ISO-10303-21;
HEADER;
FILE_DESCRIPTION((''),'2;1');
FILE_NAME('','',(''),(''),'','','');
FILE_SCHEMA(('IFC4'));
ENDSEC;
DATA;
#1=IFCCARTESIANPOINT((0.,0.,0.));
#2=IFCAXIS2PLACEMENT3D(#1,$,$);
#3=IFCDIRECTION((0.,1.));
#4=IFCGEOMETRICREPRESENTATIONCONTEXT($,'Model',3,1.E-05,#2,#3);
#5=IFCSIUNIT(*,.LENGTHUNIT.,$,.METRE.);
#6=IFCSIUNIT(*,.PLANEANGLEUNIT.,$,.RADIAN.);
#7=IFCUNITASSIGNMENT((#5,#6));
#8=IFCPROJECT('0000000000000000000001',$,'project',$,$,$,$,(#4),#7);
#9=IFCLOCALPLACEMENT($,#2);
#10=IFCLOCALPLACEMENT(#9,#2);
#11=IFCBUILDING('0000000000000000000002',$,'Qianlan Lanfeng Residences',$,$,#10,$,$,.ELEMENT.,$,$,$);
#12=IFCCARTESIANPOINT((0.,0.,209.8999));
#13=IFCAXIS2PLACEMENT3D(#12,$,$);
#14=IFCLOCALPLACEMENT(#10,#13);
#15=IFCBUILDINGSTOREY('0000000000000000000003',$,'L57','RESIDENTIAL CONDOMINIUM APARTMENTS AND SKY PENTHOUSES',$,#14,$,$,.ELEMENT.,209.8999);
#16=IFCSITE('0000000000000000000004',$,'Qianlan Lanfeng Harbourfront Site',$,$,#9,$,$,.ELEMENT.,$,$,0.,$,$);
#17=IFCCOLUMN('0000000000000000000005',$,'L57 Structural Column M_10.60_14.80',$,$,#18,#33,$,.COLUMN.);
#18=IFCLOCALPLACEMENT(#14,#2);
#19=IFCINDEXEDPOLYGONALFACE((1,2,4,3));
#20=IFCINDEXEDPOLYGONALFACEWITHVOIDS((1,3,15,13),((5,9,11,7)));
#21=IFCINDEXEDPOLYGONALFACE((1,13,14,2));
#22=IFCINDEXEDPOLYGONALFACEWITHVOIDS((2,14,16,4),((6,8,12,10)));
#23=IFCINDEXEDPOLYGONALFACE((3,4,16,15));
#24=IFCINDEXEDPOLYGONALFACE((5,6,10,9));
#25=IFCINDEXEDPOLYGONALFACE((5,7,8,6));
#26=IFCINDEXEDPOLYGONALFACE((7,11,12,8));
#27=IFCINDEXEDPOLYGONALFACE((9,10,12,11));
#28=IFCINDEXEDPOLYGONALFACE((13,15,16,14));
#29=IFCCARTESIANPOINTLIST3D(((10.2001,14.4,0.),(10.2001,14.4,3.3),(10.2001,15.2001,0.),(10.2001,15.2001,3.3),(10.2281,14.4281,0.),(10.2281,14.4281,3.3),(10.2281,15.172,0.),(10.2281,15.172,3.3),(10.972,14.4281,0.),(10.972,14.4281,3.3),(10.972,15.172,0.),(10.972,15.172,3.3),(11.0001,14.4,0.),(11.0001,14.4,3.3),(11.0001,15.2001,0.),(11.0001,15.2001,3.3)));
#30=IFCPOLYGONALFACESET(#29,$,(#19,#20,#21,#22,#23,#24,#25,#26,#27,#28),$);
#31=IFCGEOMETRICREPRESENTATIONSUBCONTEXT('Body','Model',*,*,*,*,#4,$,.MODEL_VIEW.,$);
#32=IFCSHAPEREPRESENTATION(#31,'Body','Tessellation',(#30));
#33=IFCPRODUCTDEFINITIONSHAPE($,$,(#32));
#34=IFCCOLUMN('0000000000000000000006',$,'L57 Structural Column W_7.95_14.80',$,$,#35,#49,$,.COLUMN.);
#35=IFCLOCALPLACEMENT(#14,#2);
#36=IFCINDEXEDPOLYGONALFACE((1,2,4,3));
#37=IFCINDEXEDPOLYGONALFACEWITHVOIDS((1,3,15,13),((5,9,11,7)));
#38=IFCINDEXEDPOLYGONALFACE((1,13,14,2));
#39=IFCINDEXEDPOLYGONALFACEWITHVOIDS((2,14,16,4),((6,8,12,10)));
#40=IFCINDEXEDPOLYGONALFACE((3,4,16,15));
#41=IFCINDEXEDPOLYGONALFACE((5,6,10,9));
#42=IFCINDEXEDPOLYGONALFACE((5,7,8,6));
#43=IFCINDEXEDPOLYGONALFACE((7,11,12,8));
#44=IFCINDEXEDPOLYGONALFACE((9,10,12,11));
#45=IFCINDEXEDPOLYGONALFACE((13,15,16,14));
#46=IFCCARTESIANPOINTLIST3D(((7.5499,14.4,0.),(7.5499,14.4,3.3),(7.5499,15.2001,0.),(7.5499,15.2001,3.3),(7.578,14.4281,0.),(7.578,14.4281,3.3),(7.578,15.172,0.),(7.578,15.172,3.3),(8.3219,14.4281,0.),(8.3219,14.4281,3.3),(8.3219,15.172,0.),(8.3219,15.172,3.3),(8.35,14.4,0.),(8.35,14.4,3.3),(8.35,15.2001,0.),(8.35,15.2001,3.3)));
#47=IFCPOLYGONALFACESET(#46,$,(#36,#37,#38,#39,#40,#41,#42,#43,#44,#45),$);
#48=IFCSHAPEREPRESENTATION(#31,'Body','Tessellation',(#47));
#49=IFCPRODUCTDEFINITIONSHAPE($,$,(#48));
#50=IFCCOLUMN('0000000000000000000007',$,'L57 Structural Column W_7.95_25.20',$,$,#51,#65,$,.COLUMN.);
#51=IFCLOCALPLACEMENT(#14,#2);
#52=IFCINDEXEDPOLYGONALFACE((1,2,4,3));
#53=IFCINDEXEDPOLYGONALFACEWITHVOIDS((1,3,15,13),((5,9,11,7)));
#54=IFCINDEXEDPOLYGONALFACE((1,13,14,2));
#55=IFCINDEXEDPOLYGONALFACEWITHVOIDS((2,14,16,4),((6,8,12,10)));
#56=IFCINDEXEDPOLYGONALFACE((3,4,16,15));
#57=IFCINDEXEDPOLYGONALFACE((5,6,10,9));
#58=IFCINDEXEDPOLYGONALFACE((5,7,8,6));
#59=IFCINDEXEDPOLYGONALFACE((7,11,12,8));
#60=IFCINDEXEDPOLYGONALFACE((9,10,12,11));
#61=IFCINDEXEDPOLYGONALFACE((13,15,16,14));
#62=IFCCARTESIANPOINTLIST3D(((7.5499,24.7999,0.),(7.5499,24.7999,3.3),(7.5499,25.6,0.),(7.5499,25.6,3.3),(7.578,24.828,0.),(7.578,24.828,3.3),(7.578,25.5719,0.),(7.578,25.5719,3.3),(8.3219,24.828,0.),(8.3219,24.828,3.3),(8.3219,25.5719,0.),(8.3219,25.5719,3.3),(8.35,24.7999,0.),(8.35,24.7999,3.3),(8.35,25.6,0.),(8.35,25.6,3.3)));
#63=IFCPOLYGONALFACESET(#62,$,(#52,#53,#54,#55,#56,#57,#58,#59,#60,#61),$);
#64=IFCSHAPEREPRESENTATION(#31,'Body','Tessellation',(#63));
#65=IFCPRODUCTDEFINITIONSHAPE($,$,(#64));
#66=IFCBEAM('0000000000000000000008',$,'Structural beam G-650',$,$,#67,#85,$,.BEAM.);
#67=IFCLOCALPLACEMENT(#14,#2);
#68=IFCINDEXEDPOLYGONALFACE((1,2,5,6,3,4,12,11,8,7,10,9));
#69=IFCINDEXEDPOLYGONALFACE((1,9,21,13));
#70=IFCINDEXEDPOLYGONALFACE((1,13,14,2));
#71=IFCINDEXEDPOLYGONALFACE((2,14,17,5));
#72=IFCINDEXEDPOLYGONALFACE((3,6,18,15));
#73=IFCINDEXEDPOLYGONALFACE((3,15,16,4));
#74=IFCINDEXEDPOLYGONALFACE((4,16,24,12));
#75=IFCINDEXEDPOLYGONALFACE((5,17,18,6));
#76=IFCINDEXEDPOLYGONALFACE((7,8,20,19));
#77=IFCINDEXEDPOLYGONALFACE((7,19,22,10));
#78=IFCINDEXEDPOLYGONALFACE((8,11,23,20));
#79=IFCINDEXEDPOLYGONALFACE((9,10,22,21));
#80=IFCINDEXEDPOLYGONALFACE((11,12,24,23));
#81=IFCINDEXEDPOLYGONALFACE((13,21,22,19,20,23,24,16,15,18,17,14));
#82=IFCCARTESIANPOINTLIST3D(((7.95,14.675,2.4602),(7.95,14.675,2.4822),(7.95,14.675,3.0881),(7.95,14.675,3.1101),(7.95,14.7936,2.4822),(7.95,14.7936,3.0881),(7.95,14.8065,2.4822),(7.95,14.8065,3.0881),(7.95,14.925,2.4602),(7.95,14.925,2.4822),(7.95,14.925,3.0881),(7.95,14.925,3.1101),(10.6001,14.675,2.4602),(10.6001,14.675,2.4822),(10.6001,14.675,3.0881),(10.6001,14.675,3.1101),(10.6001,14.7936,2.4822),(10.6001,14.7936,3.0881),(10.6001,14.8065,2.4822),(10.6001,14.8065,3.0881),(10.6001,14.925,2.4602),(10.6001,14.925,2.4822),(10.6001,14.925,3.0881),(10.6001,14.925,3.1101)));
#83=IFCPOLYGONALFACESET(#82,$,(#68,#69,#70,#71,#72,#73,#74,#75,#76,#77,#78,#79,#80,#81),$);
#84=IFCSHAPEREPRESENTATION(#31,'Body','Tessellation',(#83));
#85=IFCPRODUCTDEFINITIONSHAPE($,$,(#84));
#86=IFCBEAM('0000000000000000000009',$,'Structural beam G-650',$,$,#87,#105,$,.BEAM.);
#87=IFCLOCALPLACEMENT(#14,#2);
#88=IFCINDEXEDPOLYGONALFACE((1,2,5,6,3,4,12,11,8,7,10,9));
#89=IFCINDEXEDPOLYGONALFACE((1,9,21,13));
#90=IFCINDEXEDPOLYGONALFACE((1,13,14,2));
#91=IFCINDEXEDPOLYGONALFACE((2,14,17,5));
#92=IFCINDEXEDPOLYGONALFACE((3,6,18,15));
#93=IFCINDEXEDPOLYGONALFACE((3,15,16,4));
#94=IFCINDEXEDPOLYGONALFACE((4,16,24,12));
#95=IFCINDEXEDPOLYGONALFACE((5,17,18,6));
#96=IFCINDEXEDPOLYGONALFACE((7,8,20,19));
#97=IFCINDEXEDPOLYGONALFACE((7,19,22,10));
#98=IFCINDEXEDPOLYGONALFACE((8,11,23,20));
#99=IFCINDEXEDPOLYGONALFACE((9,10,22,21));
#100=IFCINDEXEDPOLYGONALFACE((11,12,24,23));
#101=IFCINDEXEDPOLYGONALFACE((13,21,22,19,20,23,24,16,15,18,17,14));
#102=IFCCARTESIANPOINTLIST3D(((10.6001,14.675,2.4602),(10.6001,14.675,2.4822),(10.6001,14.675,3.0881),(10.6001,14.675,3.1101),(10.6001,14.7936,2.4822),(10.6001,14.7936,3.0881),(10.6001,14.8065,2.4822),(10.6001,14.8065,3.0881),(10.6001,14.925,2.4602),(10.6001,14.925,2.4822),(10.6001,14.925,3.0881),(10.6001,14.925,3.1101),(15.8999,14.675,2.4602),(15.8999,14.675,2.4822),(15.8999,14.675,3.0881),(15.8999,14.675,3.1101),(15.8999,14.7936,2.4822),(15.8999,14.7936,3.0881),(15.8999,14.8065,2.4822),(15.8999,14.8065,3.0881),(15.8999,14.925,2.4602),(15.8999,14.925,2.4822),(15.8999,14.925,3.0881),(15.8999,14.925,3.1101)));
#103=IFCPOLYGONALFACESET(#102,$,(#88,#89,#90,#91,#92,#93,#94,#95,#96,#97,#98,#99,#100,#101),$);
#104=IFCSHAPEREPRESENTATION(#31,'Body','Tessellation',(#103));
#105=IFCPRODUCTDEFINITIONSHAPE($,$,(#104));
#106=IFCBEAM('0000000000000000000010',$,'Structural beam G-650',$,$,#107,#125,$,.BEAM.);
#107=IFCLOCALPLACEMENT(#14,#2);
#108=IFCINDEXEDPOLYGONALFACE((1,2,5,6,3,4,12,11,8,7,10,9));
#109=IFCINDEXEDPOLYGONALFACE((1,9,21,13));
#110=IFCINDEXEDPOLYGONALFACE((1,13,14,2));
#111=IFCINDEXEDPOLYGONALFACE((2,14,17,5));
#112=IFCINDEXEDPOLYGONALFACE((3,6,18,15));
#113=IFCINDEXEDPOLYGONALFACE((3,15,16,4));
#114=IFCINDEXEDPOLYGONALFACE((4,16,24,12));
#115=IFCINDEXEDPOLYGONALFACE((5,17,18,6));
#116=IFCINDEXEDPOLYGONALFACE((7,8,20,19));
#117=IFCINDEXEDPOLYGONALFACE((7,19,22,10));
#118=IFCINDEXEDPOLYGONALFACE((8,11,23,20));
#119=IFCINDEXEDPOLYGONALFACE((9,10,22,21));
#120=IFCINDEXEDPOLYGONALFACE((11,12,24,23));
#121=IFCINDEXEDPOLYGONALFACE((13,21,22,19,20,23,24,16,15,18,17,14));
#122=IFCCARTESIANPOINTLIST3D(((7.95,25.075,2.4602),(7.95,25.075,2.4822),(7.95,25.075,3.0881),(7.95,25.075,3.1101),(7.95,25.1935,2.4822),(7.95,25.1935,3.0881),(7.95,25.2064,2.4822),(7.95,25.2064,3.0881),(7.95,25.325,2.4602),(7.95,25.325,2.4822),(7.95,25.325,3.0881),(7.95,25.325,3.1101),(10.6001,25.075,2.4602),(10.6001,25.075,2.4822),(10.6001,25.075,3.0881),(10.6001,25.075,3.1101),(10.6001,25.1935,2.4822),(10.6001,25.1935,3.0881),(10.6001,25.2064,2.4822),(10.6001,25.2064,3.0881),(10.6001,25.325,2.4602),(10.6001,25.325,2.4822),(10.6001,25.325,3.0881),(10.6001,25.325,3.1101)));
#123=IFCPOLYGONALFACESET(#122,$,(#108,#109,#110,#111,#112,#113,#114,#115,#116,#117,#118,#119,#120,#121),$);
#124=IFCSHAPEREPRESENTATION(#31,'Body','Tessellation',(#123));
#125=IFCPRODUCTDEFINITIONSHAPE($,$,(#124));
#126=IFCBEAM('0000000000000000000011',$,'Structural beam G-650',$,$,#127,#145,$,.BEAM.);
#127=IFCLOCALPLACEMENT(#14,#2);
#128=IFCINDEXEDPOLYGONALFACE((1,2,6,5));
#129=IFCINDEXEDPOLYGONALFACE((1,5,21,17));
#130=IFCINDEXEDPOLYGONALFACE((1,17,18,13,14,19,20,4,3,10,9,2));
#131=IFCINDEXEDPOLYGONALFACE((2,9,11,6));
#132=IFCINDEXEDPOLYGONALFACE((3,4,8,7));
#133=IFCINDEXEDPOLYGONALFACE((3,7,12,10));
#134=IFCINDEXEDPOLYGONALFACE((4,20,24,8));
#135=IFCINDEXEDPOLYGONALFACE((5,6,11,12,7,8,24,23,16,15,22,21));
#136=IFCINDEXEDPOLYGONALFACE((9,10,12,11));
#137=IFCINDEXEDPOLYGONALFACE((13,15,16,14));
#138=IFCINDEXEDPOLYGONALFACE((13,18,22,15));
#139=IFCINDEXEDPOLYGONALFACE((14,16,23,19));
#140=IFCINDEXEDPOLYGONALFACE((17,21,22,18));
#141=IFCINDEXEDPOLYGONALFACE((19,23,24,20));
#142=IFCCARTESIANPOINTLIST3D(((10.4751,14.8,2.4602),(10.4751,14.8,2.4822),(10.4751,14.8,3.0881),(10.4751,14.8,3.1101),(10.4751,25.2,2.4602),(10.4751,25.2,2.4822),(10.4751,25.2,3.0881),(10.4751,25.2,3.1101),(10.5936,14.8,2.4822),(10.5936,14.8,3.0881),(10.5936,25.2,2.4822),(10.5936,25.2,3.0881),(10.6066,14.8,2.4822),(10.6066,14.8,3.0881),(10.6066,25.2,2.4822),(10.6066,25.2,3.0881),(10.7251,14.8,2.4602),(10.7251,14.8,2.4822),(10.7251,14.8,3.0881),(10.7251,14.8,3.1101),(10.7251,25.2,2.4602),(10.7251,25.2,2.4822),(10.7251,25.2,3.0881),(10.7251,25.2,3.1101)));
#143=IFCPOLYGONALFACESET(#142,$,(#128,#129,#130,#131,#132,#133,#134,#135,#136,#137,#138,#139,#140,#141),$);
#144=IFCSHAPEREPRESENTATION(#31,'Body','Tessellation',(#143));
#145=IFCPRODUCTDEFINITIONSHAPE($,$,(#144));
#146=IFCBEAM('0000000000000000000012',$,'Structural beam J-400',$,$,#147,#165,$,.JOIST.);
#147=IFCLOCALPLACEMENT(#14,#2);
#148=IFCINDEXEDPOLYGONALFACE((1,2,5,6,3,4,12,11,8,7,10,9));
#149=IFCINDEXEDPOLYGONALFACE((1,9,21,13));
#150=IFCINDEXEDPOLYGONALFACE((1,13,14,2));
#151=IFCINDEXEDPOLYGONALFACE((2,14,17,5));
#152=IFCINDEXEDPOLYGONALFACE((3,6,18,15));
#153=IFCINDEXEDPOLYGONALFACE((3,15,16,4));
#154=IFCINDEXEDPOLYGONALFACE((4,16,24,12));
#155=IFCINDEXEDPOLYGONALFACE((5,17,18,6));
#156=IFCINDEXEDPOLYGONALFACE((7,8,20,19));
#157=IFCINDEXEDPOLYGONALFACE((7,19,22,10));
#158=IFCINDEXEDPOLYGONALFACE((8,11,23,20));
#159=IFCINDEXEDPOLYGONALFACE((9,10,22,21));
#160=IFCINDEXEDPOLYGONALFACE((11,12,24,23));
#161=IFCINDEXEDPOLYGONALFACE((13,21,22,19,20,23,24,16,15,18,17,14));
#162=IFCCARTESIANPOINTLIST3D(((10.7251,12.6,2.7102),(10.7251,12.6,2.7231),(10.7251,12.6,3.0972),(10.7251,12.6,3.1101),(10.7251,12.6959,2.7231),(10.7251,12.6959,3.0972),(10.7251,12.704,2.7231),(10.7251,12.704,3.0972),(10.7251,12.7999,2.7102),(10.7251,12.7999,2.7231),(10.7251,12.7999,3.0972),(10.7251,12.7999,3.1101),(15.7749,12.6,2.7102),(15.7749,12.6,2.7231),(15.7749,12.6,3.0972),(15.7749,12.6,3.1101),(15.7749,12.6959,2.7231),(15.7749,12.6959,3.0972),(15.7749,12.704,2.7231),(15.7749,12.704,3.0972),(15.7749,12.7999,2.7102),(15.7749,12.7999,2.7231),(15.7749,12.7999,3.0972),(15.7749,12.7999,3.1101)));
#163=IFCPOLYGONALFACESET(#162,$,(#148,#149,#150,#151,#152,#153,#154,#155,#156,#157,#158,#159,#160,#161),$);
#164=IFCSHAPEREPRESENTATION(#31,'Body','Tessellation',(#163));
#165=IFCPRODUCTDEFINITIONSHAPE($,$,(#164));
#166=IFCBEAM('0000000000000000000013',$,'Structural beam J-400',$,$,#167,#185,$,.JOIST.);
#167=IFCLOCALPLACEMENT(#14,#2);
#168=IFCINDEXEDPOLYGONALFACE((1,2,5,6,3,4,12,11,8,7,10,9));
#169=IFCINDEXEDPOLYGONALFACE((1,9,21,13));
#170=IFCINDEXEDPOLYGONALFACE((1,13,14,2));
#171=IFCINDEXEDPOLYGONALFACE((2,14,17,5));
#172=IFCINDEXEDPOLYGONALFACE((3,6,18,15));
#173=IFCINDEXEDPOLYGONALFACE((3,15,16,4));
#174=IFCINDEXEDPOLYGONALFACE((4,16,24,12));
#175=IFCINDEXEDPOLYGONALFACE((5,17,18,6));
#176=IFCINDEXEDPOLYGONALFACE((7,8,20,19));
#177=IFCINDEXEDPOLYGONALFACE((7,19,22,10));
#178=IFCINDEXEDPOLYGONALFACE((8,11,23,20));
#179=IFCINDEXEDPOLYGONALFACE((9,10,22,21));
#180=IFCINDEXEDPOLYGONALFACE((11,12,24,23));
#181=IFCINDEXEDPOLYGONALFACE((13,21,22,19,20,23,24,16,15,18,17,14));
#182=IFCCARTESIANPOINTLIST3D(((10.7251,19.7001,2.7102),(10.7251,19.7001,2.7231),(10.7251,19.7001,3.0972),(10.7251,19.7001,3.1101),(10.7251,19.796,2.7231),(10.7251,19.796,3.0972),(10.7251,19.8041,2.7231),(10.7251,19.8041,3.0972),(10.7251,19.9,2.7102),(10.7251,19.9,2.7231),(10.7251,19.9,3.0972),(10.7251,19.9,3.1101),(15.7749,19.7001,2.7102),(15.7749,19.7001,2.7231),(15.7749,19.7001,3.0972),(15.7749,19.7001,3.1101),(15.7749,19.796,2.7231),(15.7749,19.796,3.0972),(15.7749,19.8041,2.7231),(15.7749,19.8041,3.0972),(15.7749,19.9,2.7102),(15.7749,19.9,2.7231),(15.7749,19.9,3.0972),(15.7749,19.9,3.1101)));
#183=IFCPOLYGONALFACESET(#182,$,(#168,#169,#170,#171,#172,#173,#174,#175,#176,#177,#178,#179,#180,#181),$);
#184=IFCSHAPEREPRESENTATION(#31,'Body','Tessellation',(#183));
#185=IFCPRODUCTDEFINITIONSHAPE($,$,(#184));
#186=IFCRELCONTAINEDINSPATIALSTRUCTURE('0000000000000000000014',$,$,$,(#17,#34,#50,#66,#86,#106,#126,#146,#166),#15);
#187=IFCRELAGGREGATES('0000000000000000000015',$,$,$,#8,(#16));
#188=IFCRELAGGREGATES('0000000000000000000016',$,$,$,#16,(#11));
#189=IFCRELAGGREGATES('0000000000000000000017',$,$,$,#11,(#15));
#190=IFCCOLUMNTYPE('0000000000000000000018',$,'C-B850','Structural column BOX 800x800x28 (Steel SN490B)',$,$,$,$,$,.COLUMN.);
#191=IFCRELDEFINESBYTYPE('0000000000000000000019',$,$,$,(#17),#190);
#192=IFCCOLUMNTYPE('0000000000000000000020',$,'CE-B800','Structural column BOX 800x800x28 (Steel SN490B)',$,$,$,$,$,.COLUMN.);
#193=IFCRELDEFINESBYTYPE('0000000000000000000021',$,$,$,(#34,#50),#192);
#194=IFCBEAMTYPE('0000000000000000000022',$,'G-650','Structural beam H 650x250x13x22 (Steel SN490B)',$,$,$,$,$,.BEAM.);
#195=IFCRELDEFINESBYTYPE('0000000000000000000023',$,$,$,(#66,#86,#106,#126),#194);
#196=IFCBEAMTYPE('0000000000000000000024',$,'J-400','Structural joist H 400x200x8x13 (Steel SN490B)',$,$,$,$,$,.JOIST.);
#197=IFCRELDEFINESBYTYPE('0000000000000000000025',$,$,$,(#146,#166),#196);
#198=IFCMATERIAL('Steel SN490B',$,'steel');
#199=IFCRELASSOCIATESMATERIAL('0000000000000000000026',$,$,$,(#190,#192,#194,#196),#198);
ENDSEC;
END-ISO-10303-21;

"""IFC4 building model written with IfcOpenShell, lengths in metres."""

from ifc_helpers import new_model, si_unit, direction, frame, origin, origin_2d, place, context, subcontext, project, spatial, hollow_rectangle, i_section, extrude, material, material_profile, profile_set, type_object, element, save


model = new_model("IFC4")

# Units and contexts
model_context = context("Model", 3, precision=1e-05, world=origin(), true_north=direction((0.0, 1.0)))
body_context = subcontext(model_context, "Body", "Model", "MODEL_VIEW")
ifc_project = project(units=[si_unit("LENGTHUNIT", "METRE"), si_unit("PLANEANGLEUNIT", "RADIAN")], contexts=[model_context])

# Site, building, storey
site_placement = place(None, origin())
site = spatial("IfcSite", under=ifc_project, at=site_placement, Name="Qianlan Lanfeng Harbourfront Site", CompositionType="ELEMENT", RefElevation=0.0)
building_placement = place(site_placement, origin())
building = spatial("IfcBuilding", under=site, at=building_placement, Name="Qianlan Lanfeng Residences", CompositionType="ELEMENT")
storey_placement = place(building_placement, frame((0.0, 0.0, 209.8999)))
storey = spatial("IfcBuildingStorey", under=building, at=storey_placement, Name="L57", Description="RESIDENTIAL CONDOMINIUM APARTMENTS AND SKY PENTHOUSES", CompositionType="ELEMENT", Elevation=209.8999)

# Columns
ifc_material_1 = material(Name="Steel SN490B", Category="steel")
ifc_material_profile_1 = material_profile(ifc_material_1, hollow_rectangle(XDim=0.8, YDim=0.8, WallThickness=0.0281, at=origin_2d()), Name="BOX 800x800x28")
ifc_profile_set_1 = profile_set([ifc_material_profile_1], Name="Steel SN490B")
column_type_1 = type_object("IfcColumnType", Name="C-B850", Description="Structural column BOX 800x800x28 (Steel SN490B)", PredefinedType="COLUMN", material=ifc_profile_set_1)
column_placement = place(storey_placement, frame((10.6001, 14.8, 0.0), z_axis=(0.0, 0.0, 1.0), x_axis=(1.0, 0.0, 0.0)))
element("IfcColumn", 1, at=column_placement, inside=storey, type_object=column_type_1, Name="L57 Structural Column M_10.60_14.80", PredefinedType="COLUMN", context=body_context, shape_type="SweptSolid", body=[
    extrude(hollow_rectangle(XDim=0.8, YDim=0.8, WallThickness=0.0281, at=origin_2d()), origin(), (0.0, 0.0, 1.0), 3.3),
])
ifc_material_profile_2 = material_profile(ifc_material_1, hollow_rectangle(XDim=0.8, YDim=0.8, WallThickness=0.0281, at=origin_2d()), Name="BOX 800x800x28")
ifc_profile_set_2 = profile_set([ifc_material_profile_2], Name="Steel SN490B")
column_type_2 = type_object("IfcColumnType", Name="CE-B800", Description="Structural column BOX 800x800x28 (Steel SN490B)", PredefinedType="COLUMN", material=ifc_profile_set_2)
for number, where, z_axis, x_axis, name in (
    (2, (7.95, 14.8, 0.0), (0.0, 0.0, 1.0), (1.0, 0.0, 0.0), "L57 Structural Column W_7.95_14.80"),
    (3, (7.95, 25.2, 0.0), (0.0, 0.0, 1.0), (1.0, 0.0, 0.0), "L57 Structural Column W_7.95_25.20"),
):
    element("IfcColumn", number, at=place(storey_placement, frame(where, z_axis=z_axis, x_axis=x_axis)), inside=storey, type_object=column_type_2, Name=name, PredefinedType="COLUMN", context=body_context, shape_type="SweptSolid", body=[
        extrude(hollow_rectangle(XDim=0.8, YDim=0.8, WallThickness=0.0281, at=origin_2d()), origin(), (0.0, 0.0, 1.0), 3.3),
    ])

# Beams
ifc_material_profile_3 = material_profile(ifc_material_1, i_section(OverallWidth=0.25, OverallDepth=0.6499, WebThickness=0.0129, FlangeThickness=0.022, at=origin_2d()), Name="H 650x250x13x22")
ifc_profile_set_3 = profile_set([ifc_material_profile_3], Name="Steel SN490B")
beam_type_1 = type_object("IfcBeamType", Name="G-650", Description="Structural beam H 650x250x13x22 (Steel SN490B)", PredefinedType="BEAM", material=ifc_profile_set_3)
beam_1_placement = place(storey_placement, frame((7.95, 14.8, 2.7852), z_axis=(1.0, 0.0, 0.0), x_axis=(0.0, 1.0, 0.0)))
element("IfcBeam", 4, at=beam_1_placement, inside=storey, type_object=beam_type_1, Name="Structural beam G-650", PredefinedType="BEAM", context=body_context, shape_type="SweptSolid", body=[
    extrude(i_section(OverallWidth=0.25, OverallDepth=0.6499, WebThickness=0.0129, FlangeThickness=0.022, at=origin_2d()), origin(), (0.0, 0.0, 1.0), 2.6501),
])
beam_2_placement = place(storey_placement, frame((10.6001, 14.8, 2.7852), z_axis=(1.0, 0.0, 0.0), x_axis=(0.0, 1.0, 0.0)))
element("IfcBeam", 5, at=beam_2_placement, inside=storey, type_object=beam_type_1, Name="Structural beam G-650", PredefinedType="BEAM", context=body_context, shape_type="SweptSolid", body=[
    extrude(i_section(OverallWidth=0.25, OverallDepth=0.6499, WebThickness=0.0129, FlangeThickness=0.022, at=origin_2d()), origin(), (0.0, 0.0, 1.0), 5.2998),
])
beam_3_placement = place(storey_placement, frame((7.95, 25.2, 2.7852), z_axis=(1.0, 0.0, 0.0), x_axis=(0.0, 1.0, 0.0)))
element("IfcBeam", 6, at=beam_3_placement, inside=storey, type_object=beam_type_1, Name="Structural beam G-650", PredefinedType="BEAM", context=body_context, shape_type="SweptSolid", body=[
    extrude(i_section(OverallWidth=0.25, OverallDepth=0.6499, WebThickness=0.0129, FlangeThickness=0.022, at=origin_2d()), origin(), (0.0, 0.0, 1.0), 2.6501),
])
beam_4_placement = place(storey_placement, frame((10.6001, 14.8, 2.7852), z_axis=(0.0, 1.0, 0.0), x_axis=(-1.0, 0.0, 0.0)))
element("IfcBeam", 7, at=beam_4_placement, inside=storey, type_object=beam_type_1, Name="Structural beam G-650", PredefinedType="BEAM", context=body_context, shape_type="SweptSolid", body=[
    extrude(i_section(OverallWidth=0.25, OverallDepth=0.6499, WebThickness=0.0129, FlangeThickness=0.022, at=origin_2d()), origin(), (0.0, 0.0, 1.0), 10.3999),
])
ifc_material_profile_4 = material_profile(ifc_material_1, i_section(OverallWidth=0.2, OverallDepth=0.3999, WebThickness=0.0081, FlangeThickness=0.0129, at=origin_2d()), Name="H 400x200x8x13")
ifc_profile_set_4 = profile_set([ifc_material_profile_4], Name="Steel SN490B")
beam_type_2 = type_object("IfcBeamType", Name="J-400", Description="Structural joist H 400x200x8x13 (Steel SN490B)", PredefinedType="JOIST", material=ifc_profile_set_4)
for number, where, z_axis, x_axis, name in (
    (8, (10.7251, 12.7, 2.9102), (1.0, 0.0, 0.0), (0.0, 1.0, 0.0), "Structural beam J-400"),
    (9, (10.7251, 19.8, 2.9102), (1.0, 0.0, 0.0), (0.0, 1.0, 0.0), "Structural beam J-400"),
):
    element("IfcBeam", number, at=place(storey_placement, frame(where, z_axis=z_axis, x_axis=x_axis)), inside=storey, type_object=beam_type_2, Name=name, PredefinedType="JOIST", context=body_context, shape_type="SweptSolid", body=[
        extrude(i_section(OverallWidth=0.2, OverallDepth=0.3999, WebThickness=0.0081, FlangeThickness=0.0129, at=origin_2d()), origin(), (0.0, 0.0, 1.0), 5.0498),
    ])

save(model, "model.ifc")
